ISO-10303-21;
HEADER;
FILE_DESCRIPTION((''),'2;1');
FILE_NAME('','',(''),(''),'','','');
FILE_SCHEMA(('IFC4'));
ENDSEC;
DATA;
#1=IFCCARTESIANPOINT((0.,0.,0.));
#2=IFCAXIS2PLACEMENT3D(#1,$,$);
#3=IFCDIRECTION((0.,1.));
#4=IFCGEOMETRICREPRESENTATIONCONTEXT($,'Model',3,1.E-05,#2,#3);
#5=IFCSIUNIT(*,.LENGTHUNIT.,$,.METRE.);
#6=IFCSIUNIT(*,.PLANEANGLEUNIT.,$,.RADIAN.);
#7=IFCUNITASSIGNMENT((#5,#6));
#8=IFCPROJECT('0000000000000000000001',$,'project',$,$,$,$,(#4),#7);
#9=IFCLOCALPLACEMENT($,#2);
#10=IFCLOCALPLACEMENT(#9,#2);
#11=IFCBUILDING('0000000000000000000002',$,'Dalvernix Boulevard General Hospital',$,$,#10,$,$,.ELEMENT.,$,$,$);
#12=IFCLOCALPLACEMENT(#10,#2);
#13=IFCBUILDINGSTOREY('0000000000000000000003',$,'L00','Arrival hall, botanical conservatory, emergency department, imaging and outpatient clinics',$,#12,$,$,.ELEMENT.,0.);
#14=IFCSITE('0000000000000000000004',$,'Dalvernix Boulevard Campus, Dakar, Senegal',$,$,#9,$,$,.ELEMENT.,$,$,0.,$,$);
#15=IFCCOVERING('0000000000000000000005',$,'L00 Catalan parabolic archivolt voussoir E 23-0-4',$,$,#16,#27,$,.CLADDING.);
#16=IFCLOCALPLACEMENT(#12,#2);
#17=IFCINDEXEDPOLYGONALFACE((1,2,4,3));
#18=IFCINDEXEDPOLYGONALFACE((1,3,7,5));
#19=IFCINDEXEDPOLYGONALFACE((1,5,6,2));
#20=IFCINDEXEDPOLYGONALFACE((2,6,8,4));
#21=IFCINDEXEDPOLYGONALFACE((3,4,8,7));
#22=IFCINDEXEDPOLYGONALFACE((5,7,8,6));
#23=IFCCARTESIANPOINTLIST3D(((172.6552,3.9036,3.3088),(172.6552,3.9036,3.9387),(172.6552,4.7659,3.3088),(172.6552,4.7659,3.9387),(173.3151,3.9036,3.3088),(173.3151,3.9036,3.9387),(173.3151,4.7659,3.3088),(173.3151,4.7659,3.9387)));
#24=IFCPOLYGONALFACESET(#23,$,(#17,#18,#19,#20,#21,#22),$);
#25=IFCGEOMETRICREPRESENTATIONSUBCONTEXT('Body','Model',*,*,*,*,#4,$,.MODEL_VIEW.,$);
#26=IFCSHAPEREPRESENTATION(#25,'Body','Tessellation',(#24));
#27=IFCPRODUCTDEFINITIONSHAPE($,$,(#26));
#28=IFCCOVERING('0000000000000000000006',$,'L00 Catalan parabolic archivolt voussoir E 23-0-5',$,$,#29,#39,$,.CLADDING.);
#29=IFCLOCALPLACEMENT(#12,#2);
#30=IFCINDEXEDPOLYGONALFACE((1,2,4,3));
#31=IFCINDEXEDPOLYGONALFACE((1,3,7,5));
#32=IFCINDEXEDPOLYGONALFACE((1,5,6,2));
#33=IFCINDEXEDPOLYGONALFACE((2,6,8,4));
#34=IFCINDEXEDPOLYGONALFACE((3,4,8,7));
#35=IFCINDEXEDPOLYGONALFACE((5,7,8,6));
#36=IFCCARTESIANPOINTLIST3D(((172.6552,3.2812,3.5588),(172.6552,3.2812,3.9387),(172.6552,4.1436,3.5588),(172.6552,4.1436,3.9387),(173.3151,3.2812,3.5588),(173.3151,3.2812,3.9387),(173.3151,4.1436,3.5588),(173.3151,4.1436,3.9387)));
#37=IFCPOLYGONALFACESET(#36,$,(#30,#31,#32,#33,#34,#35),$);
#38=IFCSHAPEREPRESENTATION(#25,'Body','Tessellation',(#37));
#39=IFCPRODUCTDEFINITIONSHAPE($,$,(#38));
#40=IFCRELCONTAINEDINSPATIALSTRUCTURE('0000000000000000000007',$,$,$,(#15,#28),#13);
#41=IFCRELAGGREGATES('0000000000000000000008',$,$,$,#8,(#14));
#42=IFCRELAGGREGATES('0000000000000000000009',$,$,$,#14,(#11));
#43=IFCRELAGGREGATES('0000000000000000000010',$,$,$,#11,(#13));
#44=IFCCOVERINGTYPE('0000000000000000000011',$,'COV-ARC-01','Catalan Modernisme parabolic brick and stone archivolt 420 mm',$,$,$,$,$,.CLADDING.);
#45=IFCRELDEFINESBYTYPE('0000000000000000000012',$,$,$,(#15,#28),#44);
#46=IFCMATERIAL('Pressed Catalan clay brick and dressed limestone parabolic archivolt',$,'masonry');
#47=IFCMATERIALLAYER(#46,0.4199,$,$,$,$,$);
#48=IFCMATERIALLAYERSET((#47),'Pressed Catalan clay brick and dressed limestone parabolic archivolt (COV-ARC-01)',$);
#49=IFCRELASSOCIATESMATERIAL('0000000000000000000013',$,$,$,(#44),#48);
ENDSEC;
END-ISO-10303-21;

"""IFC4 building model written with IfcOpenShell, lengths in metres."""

from ifc_helpers import new_model, si_unit, direction, frame, origin, origin_2d, place, context, subcontext, project, spatial, rectangle, extrude, material, layer, layer_set, type_object, element, save


model = new_model("IFC4")

# Units and contexts
model_context = context("Model", 3, precision=1e-05, world=origin(), true_north=direction((0.0, 1.0)))
body_context = subcontext(model_context, "Body", "Model", "MODEL_VIEW")
ifc_project = project(units=[si_unit("LENGTHUNIT", "METRE"), si_unit("PLANEANGLEUNIT", "RADIAN")], contexts=[model_context])

# Site, building, storey
site_placement = place(None, origin())
site = spatial("IfcSite", under=ifc_project, at=site_placement, Name="Dalvernix Boulevard Campus, Dakar, Senegal", CompositionType="ELEMENT", RefElevation=0.0)
building_placement = place(site_placement, origin())
building = spatial("IfcBuilding", under=site, at=building_placement, Name="Dalvernix Boulevard General Hospital", CompositionType="ELEMENT")
storey_placement = place(building_placement, origin())
storey = spatial("IfcBuildingStorey", under=building, at=storey_placement, Name="L00", Description="Arrival hall, botanical conservatory, emergency department, imaging and outpatient clinics", CompositionType="ELEMENT", Elevation=0.0)

# Coverings
ifc_material_1 = material(Name="Pressed Catalan clay brick and dressed limestone parabolic archivolt", Category="masonry")
ifc_layer_1 = layer(ifc_material_1, 0.4199)
ifc_layer_set_1 = layer_set([ifc_layer_1], Name="Pressed Catalan clay brick and dressed limestone parabolic archivolt (COV-ARC-01)")
covering_type = type_object("IfcCoveringType", Name="COV-ARC-01", Description="Catalan Modernisme parabolic brick and stone archivolt 420 mm", PredefinedType="CLADDING", material=ifc_layer_set_1)
covering_1_placement = place(storey_placement, frame((172.9851, 4.3347, 3.3088), z_axis=(0.0, 0.0, 1.0), x_axis=(0.0, -1.0, 0.0)))
element("IfcCovering", 1, at=covering_1_placement, inside=storey, type_object=covering_type, Name="L00 Catalan parabolic archivolt voussoir E 23-0-4", PredefinedType="CLADDING", context=body_context, shape_type="SweptSolid", body=[
    extrude(rectangle(XDim=0.8623, YDim=0.6599, at=origin_2d()), origin(), (0.0, 0.0, 1.0), 0.6299),
])
covering_2_placement = place(storey_placement, frame((172.9851, 3.7124, 3.5588), z_axis=(0.0, 0.0, 1.0), x_axis=(0.0, -1.0, 0.0)))
element("IfcCovering", 2, at=covering_2_placement, inside=storey, type_object=covering_type, Name="L00 Catalan parabolic archivolt voussoir E 23-0-5", PredefinedType="CLADDING", context=body_context, shape_type="SweptSolid", body=[
    extrude(rectangle(XDim=0.8623, YDim=0.6599, at=origin_2d()), origin(), (0.0, 0.0, 1.0), 0.3799),
])

save(model, "model.ifc")
